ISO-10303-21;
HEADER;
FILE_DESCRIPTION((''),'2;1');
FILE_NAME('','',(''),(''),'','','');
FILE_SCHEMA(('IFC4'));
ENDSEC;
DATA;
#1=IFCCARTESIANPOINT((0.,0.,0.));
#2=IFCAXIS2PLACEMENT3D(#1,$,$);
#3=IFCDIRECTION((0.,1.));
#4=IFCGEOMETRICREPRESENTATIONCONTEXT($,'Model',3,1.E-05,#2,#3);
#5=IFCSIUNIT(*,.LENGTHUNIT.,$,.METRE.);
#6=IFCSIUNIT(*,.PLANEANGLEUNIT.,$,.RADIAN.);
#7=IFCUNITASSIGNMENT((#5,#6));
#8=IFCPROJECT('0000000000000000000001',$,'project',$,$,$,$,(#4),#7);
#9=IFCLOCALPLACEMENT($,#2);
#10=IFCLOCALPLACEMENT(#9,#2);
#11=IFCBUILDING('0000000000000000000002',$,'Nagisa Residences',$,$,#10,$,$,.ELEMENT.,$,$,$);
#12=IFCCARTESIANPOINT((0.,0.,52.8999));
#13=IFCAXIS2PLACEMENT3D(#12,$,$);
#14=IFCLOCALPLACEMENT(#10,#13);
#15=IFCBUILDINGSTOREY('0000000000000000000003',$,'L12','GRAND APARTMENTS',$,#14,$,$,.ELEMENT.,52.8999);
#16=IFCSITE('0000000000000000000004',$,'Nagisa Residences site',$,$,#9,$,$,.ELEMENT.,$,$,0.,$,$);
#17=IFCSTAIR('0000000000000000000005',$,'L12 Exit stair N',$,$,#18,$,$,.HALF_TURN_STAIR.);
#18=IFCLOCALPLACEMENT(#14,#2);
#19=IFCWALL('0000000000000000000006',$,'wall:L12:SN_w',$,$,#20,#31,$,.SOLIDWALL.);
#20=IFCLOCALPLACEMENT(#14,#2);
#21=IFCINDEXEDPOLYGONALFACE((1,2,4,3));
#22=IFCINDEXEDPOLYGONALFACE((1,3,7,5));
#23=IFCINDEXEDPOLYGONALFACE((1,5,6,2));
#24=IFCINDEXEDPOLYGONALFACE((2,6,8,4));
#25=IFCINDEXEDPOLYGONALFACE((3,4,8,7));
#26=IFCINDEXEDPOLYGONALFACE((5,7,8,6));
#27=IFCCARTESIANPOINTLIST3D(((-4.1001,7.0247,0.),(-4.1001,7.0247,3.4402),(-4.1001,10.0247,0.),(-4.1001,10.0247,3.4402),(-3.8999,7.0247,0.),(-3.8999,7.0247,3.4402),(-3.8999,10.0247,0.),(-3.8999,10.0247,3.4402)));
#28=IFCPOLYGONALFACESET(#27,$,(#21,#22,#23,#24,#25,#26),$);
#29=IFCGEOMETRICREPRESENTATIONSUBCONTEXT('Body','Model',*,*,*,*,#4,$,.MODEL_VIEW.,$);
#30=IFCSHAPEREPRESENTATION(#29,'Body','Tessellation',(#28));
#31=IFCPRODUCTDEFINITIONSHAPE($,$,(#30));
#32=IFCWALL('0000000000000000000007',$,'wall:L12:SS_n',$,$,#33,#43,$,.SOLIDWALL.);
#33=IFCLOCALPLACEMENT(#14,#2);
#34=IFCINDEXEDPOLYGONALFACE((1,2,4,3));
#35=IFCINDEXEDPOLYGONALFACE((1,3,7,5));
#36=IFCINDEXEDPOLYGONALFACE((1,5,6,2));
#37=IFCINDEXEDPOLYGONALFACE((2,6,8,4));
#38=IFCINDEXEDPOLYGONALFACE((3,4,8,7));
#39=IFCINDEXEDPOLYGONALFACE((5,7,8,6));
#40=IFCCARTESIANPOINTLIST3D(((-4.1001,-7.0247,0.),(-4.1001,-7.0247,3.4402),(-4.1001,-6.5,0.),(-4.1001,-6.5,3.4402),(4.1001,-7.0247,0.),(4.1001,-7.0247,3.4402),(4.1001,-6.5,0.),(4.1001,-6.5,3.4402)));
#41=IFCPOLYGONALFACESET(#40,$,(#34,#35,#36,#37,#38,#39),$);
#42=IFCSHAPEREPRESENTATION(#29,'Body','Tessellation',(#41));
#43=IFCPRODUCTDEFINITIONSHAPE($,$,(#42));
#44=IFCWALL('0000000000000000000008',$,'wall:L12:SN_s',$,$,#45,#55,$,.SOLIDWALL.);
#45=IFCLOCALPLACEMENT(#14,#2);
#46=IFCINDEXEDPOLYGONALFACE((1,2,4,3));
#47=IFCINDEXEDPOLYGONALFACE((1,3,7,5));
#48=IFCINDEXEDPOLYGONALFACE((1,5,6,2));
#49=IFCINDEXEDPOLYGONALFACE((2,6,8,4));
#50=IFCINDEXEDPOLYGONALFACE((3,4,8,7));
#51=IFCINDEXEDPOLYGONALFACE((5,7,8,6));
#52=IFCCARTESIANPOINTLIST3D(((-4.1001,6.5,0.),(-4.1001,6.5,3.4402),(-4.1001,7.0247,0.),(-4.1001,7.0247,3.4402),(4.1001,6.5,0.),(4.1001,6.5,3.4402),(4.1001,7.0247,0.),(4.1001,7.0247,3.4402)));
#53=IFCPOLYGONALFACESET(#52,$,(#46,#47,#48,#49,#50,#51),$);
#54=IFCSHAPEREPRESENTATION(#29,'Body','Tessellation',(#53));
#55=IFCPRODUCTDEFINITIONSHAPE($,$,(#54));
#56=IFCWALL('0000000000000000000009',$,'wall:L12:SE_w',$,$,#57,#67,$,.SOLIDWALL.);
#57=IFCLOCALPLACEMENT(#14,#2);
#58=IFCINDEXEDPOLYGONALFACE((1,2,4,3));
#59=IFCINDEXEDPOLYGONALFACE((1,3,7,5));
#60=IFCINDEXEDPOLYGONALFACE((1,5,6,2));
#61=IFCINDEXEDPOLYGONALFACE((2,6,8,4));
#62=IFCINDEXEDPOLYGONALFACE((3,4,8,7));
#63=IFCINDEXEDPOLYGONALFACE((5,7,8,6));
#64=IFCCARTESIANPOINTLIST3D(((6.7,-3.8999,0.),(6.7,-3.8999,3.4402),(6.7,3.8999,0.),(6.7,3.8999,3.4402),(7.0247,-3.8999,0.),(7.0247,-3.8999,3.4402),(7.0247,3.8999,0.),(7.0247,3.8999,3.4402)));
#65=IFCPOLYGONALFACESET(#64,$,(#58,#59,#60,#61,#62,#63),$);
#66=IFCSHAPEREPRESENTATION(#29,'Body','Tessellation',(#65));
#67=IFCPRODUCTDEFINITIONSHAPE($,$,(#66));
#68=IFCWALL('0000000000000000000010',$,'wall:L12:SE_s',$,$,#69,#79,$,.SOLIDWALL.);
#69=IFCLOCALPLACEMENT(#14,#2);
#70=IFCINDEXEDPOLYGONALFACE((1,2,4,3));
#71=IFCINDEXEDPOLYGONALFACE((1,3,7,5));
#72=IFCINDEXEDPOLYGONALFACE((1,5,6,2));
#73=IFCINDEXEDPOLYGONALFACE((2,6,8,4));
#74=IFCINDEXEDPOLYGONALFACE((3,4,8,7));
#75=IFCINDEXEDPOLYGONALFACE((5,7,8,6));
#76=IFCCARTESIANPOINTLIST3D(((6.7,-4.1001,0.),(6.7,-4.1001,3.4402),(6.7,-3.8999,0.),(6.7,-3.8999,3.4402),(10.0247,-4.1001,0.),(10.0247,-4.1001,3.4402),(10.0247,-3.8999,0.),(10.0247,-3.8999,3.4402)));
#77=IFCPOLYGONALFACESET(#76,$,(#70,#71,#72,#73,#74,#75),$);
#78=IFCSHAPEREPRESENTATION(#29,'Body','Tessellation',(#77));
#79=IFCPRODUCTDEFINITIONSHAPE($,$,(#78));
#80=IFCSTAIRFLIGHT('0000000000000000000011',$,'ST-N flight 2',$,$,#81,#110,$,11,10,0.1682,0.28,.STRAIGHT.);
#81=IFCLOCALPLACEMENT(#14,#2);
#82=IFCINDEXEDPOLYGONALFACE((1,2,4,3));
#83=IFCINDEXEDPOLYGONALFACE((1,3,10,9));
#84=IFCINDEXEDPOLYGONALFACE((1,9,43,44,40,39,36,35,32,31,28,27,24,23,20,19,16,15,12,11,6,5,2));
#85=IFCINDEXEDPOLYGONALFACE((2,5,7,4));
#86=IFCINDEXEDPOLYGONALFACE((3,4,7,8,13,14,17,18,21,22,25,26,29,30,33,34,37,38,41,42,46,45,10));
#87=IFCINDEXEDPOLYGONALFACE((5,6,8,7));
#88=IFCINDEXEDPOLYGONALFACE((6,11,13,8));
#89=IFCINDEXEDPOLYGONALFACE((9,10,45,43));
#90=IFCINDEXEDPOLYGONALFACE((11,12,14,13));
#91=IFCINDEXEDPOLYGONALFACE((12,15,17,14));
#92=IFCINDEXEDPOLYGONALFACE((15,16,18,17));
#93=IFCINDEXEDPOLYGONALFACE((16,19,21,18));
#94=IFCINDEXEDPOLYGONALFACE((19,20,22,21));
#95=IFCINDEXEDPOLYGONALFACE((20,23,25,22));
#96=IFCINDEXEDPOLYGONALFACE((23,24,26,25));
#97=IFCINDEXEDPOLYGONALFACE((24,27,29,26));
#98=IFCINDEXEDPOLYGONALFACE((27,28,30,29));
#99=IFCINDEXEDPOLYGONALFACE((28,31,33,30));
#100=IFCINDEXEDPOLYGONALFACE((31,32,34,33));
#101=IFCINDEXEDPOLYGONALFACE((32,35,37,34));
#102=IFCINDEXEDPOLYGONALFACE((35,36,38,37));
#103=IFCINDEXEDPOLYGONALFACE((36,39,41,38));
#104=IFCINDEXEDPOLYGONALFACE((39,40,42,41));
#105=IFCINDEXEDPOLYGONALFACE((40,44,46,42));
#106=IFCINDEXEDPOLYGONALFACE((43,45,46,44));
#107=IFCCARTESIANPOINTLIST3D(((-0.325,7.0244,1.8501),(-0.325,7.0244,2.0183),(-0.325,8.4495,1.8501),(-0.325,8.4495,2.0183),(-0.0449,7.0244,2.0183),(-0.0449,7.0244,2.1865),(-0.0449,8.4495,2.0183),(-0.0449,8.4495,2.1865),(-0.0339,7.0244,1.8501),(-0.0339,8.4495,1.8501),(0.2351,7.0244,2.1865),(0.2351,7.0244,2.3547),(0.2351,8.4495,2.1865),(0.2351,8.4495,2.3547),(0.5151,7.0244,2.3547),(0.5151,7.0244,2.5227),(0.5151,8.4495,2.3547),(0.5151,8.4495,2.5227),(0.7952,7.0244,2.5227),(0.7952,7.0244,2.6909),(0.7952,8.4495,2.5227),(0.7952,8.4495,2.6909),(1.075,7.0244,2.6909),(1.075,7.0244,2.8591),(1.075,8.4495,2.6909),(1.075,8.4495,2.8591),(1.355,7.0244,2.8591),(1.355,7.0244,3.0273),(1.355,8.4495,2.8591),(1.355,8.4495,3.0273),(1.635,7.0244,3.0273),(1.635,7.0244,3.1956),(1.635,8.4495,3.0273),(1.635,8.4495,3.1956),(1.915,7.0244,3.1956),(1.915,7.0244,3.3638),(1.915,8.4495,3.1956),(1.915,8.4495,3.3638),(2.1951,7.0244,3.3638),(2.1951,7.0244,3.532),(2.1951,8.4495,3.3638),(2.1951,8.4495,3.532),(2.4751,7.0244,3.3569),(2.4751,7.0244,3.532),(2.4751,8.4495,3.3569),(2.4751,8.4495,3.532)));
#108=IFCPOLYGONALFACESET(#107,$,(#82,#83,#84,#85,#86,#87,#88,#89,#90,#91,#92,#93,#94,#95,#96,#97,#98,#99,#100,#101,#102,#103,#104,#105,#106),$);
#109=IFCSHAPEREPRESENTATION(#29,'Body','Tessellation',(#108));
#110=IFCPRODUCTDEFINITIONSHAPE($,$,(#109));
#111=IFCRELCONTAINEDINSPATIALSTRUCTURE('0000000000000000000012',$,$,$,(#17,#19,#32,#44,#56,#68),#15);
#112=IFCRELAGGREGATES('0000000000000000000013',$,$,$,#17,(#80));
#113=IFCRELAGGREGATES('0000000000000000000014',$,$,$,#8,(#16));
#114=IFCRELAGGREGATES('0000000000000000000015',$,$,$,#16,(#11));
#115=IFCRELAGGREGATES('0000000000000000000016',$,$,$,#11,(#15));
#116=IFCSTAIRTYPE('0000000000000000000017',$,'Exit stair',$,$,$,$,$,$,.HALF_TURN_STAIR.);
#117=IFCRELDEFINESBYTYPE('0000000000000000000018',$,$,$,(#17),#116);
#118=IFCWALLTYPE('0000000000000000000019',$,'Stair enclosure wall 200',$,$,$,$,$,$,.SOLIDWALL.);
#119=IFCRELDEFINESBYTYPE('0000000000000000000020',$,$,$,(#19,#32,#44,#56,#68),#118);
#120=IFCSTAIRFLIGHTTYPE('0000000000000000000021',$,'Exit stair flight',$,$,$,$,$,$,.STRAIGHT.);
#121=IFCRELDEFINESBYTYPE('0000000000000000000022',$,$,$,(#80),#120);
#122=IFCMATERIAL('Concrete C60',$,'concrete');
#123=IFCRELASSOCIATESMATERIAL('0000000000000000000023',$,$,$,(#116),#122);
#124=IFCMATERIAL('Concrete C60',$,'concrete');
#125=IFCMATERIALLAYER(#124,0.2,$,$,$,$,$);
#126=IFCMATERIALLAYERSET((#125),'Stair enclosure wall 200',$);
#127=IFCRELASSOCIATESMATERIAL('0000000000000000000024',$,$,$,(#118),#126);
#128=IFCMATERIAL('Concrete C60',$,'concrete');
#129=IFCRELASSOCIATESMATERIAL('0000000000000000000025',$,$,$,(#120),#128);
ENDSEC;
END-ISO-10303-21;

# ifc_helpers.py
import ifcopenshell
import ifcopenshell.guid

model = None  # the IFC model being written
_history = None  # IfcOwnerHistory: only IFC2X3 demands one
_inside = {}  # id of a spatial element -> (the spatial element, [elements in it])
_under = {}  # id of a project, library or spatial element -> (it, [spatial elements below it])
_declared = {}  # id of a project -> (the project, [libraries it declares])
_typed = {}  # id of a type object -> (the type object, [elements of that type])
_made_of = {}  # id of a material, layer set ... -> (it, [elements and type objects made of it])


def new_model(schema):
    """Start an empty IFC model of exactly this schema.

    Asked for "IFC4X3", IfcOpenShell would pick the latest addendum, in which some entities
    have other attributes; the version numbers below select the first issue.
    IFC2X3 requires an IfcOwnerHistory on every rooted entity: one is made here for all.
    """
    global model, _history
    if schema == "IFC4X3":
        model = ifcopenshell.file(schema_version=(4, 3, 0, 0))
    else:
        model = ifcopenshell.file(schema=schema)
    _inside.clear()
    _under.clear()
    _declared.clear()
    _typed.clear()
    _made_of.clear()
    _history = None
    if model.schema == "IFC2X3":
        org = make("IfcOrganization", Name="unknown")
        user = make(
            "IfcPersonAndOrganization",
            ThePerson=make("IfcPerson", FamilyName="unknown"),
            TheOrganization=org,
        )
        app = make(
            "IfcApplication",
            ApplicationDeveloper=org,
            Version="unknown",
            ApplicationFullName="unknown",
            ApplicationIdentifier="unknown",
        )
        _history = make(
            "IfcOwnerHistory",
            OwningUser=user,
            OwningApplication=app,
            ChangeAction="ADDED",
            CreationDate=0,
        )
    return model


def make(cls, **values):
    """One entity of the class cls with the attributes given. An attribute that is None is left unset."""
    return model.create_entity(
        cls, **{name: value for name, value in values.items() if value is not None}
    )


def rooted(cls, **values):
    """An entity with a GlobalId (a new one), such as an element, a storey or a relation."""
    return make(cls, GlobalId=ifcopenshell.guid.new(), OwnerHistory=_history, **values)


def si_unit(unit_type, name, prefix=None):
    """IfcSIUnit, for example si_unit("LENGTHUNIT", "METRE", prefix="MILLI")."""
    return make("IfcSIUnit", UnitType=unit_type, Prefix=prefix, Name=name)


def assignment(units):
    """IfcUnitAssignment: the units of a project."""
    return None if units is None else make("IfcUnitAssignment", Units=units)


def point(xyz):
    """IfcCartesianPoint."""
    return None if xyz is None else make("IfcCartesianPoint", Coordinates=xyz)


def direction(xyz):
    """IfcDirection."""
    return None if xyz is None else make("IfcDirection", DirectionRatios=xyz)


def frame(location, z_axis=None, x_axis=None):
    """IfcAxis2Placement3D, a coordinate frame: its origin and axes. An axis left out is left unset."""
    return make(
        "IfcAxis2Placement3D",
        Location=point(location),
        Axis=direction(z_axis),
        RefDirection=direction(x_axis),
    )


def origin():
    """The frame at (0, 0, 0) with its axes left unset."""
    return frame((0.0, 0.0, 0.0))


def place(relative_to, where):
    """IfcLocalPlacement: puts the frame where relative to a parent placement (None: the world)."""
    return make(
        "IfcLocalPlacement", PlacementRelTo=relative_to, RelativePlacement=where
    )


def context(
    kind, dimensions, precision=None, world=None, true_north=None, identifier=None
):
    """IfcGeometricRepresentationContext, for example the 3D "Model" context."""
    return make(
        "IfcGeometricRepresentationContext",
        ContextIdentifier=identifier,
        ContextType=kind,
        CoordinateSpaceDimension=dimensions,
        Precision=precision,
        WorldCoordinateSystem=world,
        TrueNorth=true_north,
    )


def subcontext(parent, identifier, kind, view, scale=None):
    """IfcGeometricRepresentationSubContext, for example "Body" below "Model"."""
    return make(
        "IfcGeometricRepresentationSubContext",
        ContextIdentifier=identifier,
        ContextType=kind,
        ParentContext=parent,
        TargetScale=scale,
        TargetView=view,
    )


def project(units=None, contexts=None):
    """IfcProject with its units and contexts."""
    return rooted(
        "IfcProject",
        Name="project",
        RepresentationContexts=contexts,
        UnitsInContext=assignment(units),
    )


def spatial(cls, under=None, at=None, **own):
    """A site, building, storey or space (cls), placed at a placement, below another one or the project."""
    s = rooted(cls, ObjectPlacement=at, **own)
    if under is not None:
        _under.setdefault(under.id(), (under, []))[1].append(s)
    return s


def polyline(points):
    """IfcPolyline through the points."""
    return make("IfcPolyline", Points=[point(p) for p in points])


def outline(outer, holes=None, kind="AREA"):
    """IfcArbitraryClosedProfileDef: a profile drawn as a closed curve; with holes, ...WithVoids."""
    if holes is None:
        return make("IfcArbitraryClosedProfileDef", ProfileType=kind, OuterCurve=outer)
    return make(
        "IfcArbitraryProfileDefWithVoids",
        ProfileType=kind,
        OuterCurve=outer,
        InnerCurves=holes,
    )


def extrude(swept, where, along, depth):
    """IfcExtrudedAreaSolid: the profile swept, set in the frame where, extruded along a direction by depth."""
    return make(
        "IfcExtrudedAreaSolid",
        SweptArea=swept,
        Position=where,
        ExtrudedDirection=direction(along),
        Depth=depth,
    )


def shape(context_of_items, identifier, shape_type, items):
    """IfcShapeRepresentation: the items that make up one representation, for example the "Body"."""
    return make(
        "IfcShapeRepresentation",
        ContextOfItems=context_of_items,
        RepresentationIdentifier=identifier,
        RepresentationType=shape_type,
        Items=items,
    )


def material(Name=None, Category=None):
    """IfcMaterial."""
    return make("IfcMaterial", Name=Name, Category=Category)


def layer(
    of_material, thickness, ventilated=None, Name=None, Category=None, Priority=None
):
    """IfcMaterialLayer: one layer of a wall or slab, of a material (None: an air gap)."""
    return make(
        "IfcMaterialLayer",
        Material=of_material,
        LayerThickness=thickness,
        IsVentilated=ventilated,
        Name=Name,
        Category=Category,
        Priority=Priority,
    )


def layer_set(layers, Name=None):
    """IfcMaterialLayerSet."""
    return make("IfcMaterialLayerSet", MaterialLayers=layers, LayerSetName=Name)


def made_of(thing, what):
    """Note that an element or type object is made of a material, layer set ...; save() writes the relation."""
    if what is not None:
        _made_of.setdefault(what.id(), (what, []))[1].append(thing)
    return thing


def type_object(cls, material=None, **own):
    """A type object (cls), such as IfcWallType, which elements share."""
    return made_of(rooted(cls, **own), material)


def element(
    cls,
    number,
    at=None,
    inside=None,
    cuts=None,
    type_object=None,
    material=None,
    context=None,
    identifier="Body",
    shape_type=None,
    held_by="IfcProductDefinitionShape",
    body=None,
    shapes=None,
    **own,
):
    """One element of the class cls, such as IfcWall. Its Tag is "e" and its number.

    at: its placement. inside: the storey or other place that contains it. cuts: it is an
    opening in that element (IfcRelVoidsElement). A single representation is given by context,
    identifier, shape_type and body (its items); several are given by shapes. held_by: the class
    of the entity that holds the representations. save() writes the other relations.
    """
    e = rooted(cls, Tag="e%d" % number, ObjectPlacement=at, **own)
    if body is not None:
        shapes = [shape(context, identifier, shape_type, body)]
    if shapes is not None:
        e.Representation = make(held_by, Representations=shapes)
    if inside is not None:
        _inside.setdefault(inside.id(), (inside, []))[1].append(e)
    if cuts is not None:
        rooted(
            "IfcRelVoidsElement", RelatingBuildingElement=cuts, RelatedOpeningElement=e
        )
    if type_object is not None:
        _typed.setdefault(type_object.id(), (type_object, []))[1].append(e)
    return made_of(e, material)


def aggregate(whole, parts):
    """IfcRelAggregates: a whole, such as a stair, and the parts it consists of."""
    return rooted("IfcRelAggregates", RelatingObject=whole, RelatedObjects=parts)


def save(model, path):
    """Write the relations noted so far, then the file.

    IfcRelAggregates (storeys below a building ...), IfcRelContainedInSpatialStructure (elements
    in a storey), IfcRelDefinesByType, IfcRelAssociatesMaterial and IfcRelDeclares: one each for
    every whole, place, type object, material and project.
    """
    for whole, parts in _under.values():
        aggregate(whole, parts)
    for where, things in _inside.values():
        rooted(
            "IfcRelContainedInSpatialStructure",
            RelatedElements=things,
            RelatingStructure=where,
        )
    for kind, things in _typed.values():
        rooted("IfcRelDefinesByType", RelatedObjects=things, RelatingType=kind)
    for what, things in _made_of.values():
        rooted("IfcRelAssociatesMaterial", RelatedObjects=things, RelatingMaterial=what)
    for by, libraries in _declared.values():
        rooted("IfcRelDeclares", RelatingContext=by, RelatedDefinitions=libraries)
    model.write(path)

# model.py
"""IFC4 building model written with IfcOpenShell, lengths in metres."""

from ifc_helpers import new_model, si_unit, direction, frame, origin, place, context, subcontext, project, spatial, polyline, outline, extrude, material, layer, layer_set, type_object, element, aggregate, save


model = new_model("IFC4")

# Units and contexts
model_context = context("Model", 3, precision=1e-05, world=origin(), true_north=direction((0.0, 1.0)))
body_context = subcontext(model_context, "Body", "Model", "MODEL_VIEW")
ifc_project = project(units=[si_unit("LENGTHUNIT", "METRE"), si_unit("PLANEANGLEUNIT", "RADIAN")], contexts=[model_context])

# Site, building, storey
site_placement = place(None, origin())
site = spatial("IfcSite", under=ifc_project, at=site_placement, Name="Nagisa Residences site", CompositionType="ELEMENT", RefElevation=0.0)
building_placement = place(site_placement, origin())
building = spatial("IfcBuilding", under=site, at=building_placement, Name="Nagisa Residences", CompositionType="ELEMENT")
storey_placement = place(building_placement, frame((0.0, 0.0, 52.8999)))
storey = spatial("IfcBuildingStorey", under=building, at=storey_placement, Name="L12", Description="GRAND APARTMENTS", CompositionType="ELEMENT", Elevation=52.8999)

# Stair
ifc_material_1 = material(Name="Concrete C60", Category="concrete")
stair_type = type_object("IfcStairType", Name="Exit stair", PredefinedType="HALF_TURN_STAIR", material=ifc_material_1)
stair_1_placement = place(storey_placement, origin())
stair_1 = element("IfcStair", 1, at=stair_1_placement, inside=storey, type_object=stair_type, Name="L12 Exit stair N", PredefinedType="HALF_TURN_STAIR")

# Walls
ifc_material_2 = material(Name="Concrete C60", Category="concrete")
ifc_layer_1 = layer(ifc_material_2, 0.2)
ifc_layer_set_1 = layer_set([ifc_layer_1], Name="Stair enclosure wall 200")
wall_type_1 = type_object("IfcWallType", Name="Stair enclosure wall 200", PredefinedType="SOLIDWALL", material=ifc_layer_set_1)
wall_1_placement = place(storey_placement, origin())
element("IfcWall", 2, at=wall_1_placement, inside=storey, type_object=wall_type_1, Name="wall:L12:SN_w", PredefinedType="SOLIDWALL", context=body_context, shape_type="SweptSolid", body=[
    extrude(outline(polyline([(-3.8999, 7.0247), (-4.1001, 7.0247), (-4.1001, 10.0247), (-3.8999, 10.0247), (-3.8999, 7.0247)])), origin(), (0.0, 0.0, 1.0), 3.4402),
])
wall_2_placement = place(storey_placement, origin())
element("IfcWall", 3, at=wall_2_placement, inside=storey, type_object=wall_type_1, Name="wall:L12:SS_n", PredefinedType="SOLIDWALL", context=body_context, shape_type="SweptSolid", body=[
    extrude(outline(polyline([(4.1001, -7.0247), (-4.1001, -7.0247), (-4.1001, -6.5), (4.1001, -6.5), (4.1001, -7.0247)])), origin(), (0.0, 0.0, 1.0), 3.4402),
])
wall_3_placement = place(storey_placement, origin())
element("IfcWall", 4, at=wall_3_placement, inside=storey, type_object=wall_type_1, Name="wall:L12:SN_s", PredefinedType="SOLIDWALL", context=body_context, shape_type="SweptSolid", body=[
    extrude(outline(polyline([(4.1001, 6.5), (-4.1001, 6.5), (-4.1001, 7.0247), (4.1001, 7.0247), (4.1001, 6.5)])), origin(), (0.0, 0.0, 1.0), 3.4402),
])
wall_4_placement = place(storey_placement, origin())
element("IfcWall", 5, at=wall_4_placement, inside=storey, type_object=wall_type_1, Name="wall:L12:SE_w", PredefinedType="SOLIDWALL", context=body_context, shape_type="SweptSolid", body=[
    extrude(outline(polyline([(7.0247, -3.8999), (6.7, -3.8999), (6.7, 3.8999), (7.0247, 3.8999), (7.0247, -3.8999)])), origin(), (0.0, 0.0, 1.0), 3.4402),
])
wall_5_placement = place(storey_placement, origin())
element("IfcWall", 6, at=wall_5_placement, inside=storey, type_object=wall_type_1, Name="wall:L12:SE_s", PredefinedType="SOLIDWALL", context=body_context, shape_type="SweptSolid", body=[
    extrude(outline(polyline([(10.0247, -4.1001), (6.7, -4.1001), (6.7, -3.8999), (10.0247, -3.8999), (10.0247, -4.1001)])), origin(), (0.0, 0.0, 1.0), 3.4402),
])

# Stair flight
ifc_material_3 = material(Name="Concrete C60", Category="concrete")
stair_flight_type = type_object("IfcStairFlightType", Name="Exit stair flight", PredefinedType="STRAIGHT", material=ifc_material_3)
stair_flight_placement = place(storey_placement, frame((-0.325, 7.7371, 1.8501), z_axis=(0.0, 0.0, 1.0), x_axis=(1.0, 0.0, 0.0)))
stair_flight = element("IfcStairFlight", 7, at=stair_flight_placement, type_object=stair_flight_type, Name="ST-N flight 2", NumberOfRisers=11, NumberOfTreads=10, PredefinedType="STRAIGHT", RiserHeight=0.1682, TreadLength=0.28, context=body_context, shape_type="SweptSolid", body=[
    extrude(outline(polyline([(0.0, 0.0), (0.0, 0.1682), (0.28, 0.1682), (0.28, 0.3364), (0.5601, 0.3364), (0.5601, 0.5046), (0.8401, 0.5046), (0.8401, 0.6726), (1.1201, 0.6726), (1.1201, 0.8408), (1.3999, 0.8408), (1.3999, 1.009), (1.6799, 1.009), (1.6799, 1.1772), (1.96, 1.1772), (1.96, 1.3455), (2.24, 1.3455), (2.24, 1.5137), (2.52, 1.5137), (2.52, 1.6819), (2.8, 1.6819), (2.8, 1.8501), (2.8, 1.5068), (0.291, 0.0), (0.0, 0.0)])), frame((0.0, 0.7124, 0.0), z_axis=(0.0, -1.0, 0.0), x_axis=(1.0, 0.0, 0.0)), (0.0, 0.0, 1.0), 1.425),
])
aggregate(stair_1, [stair_flight])

save(model, "model.ifc")
